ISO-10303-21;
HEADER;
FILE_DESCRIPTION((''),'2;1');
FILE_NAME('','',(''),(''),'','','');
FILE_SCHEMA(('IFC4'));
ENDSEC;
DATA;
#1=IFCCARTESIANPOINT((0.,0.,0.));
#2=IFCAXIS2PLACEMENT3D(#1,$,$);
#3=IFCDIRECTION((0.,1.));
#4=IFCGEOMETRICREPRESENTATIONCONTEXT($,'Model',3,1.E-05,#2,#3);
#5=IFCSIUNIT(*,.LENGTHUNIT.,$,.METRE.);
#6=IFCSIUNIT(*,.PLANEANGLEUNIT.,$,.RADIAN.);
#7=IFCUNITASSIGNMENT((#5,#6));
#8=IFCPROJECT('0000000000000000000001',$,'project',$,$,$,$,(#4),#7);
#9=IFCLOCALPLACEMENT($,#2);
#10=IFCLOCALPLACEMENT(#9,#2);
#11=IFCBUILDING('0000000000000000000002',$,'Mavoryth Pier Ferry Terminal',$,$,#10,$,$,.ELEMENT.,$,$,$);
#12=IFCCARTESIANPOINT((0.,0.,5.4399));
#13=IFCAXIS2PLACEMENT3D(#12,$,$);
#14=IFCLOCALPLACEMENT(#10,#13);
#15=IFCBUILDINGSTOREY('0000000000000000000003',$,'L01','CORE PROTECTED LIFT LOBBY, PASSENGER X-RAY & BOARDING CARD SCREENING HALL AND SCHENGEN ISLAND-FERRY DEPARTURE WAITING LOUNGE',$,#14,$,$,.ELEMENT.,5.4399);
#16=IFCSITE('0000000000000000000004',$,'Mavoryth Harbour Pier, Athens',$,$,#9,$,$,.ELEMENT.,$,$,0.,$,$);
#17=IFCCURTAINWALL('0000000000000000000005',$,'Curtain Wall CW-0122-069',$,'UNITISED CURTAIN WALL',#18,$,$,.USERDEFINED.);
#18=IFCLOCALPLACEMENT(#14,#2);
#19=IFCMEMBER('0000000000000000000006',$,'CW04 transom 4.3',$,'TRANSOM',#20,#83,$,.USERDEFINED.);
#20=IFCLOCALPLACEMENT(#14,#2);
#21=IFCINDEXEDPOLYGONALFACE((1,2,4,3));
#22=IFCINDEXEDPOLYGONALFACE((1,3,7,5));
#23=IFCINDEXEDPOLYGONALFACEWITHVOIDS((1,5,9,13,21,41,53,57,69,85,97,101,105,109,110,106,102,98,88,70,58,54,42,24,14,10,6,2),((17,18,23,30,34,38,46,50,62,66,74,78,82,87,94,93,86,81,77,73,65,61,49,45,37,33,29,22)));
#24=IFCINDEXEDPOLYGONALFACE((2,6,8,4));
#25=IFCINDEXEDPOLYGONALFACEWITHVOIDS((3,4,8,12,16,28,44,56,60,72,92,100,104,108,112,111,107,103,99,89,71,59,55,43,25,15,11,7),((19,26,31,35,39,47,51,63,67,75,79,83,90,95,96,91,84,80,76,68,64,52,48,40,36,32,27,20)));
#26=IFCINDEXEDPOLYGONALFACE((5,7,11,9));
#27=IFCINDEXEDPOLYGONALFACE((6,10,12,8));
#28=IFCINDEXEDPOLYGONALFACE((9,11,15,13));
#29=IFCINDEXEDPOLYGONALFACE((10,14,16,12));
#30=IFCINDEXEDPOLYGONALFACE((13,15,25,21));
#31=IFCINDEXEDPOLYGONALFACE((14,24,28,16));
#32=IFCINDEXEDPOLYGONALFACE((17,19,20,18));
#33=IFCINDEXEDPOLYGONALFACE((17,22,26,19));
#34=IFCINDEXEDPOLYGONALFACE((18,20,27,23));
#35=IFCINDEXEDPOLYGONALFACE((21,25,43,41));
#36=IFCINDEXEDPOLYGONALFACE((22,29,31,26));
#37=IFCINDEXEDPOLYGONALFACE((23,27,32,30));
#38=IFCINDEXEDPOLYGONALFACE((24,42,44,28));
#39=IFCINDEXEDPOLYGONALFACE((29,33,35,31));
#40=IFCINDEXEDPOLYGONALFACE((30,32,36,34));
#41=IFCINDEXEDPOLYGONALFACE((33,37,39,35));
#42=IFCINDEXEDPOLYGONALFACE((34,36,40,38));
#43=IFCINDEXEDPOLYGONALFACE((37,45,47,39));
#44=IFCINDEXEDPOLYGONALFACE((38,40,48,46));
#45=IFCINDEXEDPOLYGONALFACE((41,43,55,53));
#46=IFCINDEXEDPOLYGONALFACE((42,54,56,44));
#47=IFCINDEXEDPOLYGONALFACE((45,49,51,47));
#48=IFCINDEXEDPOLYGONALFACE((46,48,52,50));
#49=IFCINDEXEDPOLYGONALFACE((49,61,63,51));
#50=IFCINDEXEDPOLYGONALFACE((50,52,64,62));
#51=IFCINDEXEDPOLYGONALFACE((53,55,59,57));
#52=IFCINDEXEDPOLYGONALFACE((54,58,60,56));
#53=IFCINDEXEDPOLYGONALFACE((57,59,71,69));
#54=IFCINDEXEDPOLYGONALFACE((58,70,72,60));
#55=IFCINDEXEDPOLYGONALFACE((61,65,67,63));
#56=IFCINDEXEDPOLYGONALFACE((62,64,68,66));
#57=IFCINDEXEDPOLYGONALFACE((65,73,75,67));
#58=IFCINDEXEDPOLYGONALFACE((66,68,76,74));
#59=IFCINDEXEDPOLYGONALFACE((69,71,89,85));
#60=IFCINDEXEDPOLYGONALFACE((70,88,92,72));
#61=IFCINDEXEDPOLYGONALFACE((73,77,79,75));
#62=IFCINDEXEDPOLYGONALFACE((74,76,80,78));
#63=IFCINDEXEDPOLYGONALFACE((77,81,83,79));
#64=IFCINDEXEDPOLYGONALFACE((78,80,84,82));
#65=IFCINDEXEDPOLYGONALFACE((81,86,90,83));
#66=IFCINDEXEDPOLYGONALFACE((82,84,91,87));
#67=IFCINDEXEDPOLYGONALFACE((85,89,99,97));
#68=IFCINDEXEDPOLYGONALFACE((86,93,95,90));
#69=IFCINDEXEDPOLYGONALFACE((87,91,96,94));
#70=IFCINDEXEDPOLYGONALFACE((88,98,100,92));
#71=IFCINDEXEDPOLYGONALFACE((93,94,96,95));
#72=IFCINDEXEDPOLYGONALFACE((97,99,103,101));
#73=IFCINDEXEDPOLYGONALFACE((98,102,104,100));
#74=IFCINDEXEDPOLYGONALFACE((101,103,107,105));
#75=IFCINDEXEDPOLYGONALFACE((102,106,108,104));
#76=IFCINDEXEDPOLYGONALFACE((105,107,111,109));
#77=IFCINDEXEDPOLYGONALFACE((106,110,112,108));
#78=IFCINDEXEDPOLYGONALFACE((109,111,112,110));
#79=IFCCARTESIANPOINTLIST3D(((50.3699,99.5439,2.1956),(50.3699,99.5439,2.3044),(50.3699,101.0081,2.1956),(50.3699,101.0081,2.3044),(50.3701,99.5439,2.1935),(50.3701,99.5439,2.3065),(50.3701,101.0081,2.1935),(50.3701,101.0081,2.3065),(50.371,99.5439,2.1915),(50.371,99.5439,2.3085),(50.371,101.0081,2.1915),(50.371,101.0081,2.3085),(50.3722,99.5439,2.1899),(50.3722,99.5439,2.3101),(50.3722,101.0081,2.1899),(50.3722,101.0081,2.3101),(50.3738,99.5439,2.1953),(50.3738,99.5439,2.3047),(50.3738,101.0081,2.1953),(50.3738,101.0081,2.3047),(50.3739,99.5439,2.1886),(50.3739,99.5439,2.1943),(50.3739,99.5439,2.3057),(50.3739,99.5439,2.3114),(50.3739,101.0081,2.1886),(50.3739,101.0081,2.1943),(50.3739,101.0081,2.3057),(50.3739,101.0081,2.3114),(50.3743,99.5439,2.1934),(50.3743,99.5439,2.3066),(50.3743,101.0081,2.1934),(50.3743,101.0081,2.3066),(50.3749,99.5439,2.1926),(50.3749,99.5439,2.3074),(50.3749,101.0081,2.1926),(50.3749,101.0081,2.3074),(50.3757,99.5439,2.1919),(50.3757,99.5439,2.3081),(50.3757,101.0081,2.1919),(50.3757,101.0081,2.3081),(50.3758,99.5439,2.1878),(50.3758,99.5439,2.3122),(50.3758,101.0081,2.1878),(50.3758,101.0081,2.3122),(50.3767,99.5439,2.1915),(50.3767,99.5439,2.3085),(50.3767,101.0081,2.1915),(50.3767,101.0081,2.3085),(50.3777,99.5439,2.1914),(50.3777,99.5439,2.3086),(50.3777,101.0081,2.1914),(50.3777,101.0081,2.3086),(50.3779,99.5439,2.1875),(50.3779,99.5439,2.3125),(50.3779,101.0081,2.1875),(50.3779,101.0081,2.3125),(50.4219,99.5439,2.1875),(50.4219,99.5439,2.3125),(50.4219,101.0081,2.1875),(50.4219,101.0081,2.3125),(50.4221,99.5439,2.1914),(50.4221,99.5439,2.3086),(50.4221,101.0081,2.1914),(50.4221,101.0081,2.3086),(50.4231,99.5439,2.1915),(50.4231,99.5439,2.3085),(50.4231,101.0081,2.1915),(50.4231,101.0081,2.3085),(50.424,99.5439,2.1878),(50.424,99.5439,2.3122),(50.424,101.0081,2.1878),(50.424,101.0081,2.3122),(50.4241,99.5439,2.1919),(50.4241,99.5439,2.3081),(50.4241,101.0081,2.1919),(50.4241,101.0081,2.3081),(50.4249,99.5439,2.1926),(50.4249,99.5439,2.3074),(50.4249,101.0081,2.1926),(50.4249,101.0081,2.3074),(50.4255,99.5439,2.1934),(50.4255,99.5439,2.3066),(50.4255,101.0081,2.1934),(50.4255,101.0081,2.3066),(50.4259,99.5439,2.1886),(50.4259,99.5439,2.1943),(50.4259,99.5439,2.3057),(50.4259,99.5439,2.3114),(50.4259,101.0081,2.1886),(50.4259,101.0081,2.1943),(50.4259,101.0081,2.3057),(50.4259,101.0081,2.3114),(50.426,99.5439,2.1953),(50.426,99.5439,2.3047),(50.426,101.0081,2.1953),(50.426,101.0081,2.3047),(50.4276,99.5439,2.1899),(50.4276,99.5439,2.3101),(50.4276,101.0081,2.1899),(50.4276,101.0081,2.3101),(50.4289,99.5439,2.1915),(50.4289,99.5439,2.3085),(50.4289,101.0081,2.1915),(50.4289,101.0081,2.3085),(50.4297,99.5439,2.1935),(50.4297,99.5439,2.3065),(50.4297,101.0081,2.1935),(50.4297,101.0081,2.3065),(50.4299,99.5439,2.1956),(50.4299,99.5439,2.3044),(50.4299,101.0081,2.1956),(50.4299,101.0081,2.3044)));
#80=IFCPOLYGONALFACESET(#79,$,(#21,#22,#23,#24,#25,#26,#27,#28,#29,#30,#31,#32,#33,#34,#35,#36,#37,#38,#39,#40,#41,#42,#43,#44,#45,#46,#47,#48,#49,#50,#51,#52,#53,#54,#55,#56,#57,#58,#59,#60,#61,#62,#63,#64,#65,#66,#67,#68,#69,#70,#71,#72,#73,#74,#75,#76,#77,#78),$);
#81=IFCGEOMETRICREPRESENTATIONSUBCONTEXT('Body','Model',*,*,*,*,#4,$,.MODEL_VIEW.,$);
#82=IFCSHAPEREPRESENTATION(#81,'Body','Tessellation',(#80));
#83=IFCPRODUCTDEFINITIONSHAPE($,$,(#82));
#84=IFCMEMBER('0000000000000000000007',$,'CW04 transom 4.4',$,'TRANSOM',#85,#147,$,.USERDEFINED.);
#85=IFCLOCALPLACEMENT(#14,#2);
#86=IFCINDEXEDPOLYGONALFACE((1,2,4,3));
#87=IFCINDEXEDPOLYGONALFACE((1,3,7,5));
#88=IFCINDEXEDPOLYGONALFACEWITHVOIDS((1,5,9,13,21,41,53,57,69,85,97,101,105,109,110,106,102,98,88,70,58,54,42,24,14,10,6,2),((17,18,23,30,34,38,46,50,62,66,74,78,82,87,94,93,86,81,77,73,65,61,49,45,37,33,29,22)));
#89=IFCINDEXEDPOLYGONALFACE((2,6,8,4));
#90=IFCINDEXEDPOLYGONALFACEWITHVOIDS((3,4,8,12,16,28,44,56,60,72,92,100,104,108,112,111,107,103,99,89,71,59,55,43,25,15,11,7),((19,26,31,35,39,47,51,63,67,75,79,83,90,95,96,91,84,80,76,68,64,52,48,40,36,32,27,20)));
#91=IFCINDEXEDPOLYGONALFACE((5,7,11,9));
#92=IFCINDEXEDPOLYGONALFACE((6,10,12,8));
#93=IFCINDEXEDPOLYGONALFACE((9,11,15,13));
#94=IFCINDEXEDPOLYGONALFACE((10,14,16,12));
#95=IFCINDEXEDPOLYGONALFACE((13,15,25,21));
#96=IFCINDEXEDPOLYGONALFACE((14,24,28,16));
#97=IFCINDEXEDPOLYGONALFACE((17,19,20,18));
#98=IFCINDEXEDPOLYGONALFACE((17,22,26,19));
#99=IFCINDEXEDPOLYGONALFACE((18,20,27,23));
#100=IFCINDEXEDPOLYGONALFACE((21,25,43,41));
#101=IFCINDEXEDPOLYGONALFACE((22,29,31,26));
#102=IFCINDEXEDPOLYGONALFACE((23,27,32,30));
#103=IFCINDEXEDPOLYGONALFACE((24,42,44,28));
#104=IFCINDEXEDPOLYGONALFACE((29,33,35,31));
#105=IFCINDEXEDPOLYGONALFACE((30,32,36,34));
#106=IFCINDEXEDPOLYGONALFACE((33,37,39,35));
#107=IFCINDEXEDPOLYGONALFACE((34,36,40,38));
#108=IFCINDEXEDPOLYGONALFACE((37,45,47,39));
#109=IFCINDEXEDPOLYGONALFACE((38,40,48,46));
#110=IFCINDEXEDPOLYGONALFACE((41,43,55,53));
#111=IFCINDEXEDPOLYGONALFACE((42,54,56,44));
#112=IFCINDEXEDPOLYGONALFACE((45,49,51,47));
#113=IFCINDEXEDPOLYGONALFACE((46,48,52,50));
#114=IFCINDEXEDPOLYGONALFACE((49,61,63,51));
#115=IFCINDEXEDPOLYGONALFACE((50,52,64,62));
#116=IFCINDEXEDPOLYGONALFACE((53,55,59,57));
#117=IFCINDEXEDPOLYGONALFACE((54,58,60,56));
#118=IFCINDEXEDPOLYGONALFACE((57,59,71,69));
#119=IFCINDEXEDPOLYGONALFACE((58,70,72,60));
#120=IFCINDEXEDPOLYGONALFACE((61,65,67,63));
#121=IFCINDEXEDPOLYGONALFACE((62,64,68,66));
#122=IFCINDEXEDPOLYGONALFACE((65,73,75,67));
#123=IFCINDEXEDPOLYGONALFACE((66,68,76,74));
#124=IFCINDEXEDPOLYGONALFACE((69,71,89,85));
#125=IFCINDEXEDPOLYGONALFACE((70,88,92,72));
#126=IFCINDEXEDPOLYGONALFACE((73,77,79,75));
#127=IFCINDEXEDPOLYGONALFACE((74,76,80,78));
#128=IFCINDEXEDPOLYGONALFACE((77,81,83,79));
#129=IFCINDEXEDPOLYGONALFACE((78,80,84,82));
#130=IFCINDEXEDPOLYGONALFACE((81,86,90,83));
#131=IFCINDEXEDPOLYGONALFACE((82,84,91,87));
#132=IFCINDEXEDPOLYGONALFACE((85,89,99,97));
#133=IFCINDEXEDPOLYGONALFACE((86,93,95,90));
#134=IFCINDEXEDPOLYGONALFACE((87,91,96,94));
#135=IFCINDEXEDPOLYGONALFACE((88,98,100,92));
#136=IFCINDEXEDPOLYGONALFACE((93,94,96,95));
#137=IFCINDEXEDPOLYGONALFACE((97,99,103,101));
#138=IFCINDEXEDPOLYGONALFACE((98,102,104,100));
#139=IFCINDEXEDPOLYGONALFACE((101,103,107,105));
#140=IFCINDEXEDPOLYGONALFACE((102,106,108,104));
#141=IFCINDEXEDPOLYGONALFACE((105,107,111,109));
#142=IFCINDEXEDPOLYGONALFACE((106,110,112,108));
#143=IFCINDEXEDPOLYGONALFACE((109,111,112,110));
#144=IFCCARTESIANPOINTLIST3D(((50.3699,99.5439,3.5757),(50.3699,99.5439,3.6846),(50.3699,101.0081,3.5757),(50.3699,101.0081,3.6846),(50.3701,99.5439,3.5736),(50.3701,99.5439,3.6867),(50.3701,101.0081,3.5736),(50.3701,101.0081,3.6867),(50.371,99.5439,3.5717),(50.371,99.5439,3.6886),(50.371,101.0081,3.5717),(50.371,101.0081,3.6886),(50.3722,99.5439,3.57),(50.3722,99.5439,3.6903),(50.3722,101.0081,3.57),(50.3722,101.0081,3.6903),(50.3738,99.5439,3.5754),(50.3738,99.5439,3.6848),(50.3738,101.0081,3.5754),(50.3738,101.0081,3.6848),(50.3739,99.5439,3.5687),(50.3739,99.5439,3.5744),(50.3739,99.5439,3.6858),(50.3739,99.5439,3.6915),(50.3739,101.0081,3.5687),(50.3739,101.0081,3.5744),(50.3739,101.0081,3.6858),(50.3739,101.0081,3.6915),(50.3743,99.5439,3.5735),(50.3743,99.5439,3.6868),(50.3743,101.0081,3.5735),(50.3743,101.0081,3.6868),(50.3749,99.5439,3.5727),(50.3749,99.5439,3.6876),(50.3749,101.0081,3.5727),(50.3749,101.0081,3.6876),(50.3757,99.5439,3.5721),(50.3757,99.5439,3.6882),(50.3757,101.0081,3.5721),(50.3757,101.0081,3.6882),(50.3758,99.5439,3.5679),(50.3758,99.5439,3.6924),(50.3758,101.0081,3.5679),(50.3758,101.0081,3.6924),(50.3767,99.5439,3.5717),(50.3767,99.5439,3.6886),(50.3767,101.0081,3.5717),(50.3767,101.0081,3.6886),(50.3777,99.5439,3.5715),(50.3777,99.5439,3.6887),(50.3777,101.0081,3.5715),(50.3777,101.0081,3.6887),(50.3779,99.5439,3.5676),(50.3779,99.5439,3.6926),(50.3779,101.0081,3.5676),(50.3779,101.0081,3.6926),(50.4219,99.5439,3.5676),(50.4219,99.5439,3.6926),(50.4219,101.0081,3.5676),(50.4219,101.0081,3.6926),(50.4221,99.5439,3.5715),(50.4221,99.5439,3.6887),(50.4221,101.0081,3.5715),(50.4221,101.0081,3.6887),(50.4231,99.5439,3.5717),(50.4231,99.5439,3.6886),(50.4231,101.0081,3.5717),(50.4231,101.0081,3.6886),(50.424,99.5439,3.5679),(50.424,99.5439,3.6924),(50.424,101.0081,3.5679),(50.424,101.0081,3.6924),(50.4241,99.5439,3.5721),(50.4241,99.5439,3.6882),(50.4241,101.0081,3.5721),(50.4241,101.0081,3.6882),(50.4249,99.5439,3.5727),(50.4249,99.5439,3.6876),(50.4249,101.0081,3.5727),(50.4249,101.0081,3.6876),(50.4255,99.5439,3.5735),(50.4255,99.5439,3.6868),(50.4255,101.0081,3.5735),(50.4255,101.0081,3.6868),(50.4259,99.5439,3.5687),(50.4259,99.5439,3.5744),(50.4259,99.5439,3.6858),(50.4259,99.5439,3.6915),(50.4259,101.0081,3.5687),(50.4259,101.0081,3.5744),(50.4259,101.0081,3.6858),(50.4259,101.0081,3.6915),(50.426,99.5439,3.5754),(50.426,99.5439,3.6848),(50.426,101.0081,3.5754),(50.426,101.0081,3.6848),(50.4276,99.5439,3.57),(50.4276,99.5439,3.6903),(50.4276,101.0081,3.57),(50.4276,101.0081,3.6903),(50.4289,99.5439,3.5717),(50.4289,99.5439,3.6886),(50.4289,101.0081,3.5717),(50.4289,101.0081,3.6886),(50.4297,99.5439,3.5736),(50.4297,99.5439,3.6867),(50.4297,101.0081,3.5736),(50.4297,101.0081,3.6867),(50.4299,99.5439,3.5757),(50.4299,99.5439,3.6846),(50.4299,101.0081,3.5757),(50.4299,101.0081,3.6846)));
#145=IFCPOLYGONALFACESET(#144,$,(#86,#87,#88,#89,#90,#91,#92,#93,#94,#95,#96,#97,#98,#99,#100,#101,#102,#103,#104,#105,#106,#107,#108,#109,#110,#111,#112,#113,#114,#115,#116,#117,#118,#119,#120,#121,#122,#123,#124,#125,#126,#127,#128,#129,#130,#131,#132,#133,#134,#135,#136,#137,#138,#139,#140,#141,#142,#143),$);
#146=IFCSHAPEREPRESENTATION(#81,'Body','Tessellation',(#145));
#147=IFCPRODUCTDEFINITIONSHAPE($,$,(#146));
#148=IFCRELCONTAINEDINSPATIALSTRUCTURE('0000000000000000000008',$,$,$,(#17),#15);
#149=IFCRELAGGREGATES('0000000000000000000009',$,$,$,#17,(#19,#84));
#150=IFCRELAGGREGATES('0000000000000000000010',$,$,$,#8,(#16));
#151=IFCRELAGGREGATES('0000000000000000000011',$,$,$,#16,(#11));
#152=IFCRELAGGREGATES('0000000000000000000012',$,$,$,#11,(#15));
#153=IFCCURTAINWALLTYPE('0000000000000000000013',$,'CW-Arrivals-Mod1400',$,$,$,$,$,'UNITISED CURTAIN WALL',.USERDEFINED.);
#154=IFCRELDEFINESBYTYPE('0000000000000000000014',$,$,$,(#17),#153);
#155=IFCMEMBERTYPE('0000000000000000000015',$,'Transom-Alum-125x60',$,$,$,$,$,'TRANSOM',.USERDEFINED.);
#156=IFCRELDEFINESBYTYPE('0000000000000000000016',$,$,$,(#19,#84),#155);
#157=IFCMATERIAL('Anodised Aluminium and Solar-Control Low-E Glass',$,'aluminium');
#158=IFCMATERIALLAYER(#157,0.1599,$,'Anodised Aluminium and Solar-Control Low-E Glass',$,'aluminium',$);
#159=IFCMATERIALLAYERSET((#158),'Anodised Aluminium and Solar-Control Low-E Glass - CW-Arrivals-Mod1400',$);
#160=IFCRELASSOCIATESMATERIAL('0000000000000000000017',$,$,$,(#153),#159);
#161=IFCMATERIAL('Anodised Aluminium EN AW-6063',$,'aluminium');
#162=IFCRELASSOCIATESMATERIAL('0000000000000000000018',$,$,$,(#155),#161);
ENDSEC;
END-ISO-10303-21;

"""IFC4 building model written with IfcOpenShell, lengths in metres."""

from ifc_helpers import new_model, si_unit, direction, frame, origin, origin_2d, place, context, subcontext, project, spatial, hollow_rectangle, extrude, material, layer, layer_set, material_profile, profile_set, type_object, element, aggregate, save


model = new_model("IFC4")

# Units and contexts
model_context = context("Model", 3, precision=1e-05, world=origin(), true_north=direction((0.0, 1.0)))
body_context = subcontext(model_context, "Body", "Model", "MODEL_VIEW")
ifc_project = project(units=[si_unit("LENGTHUNIT", "METRE"), si_unit("PLANEANGLEUNIT", "RADIAN")], contexts=[model_context])

# Site, building, storey
site_placement = place(None, origin())
site = spatial("IfcSite", under=ifc_project, at=site_placement, Name="Mavoryth Harbour Pier, Athens", CompositionType="ELEMENT", RefElevation=0.0)
building_placement = place(site_placement, origin())
building = spatial("IfcBuilding", under=site, at=building_placement, Name="Mavoryth Pier Ferry Terminal", CompositionType="ELEMENT")
storey_placement = place(building_placement, frame((0.0, 0.0, 5.4399)))
storey = spatial("IfcBuildingStorey", under=building, at=storey_placement, Name="L01", Description="CORE PROTECTED LIFT LOBBY, PASSENGER X-RAY & BOARDING CARD SCREENING HALL AND SCHENGEN ISLAND-FERRY DEPARTURE WAITING LOUNGE", CompositionType="ELEMENT", Elevation=5.4399)

# Curtain wall
ifc_material_1 = material(Name="Anodised Aluminium and Solar-Control Low-E Glass", Category="aluminium")
ifc_layer_1 = layer(ifc_material_1, 0.1599, Name="Anodised Aluminium and Solar-Control Low-E Glass", Category="aluminium")
ifc_layer_set_1 = layer_set([ifc_layer_1], Name="Anodised Aluminium and Solar-Control Low-E Glass - CW-Arrivals-Mod1400")
curtain_wall_type = type_object("IfcCurtainWallType", Name="CW-Arrivals-Mod1400", ElementType="UNITISED CURTAIN WALL", PredefinedType="USERDEFINED", material=ifc_layer_set_1)
curtain_wall_placement = place(storey_placement, origin())
curtain_wall = element("IfcCurtainWall", 1, at=curtain_wall_placement, inside=storey, type_object=curtain_wall_type, Name="Curtain Wall CW-0122-069", ObjectType="UNITISED CURTAIN WALL", PredefinedType="USERDEFINED")
ifc_material_2 = material(Name="Anodised Aluminium EN AW-6063", Category="aluminium")

# Members
ifc_material_profile_1 = material_profile(ifc_material_2, hollow_rectangle(XDim=0.0601, YDim=0.125, WallThickness=0.0039, InnerFilletRadius=0.0039, OuterFilletRadius=0.0081, at=origin_2d()), Name="AL-TRAN 125x60x4", Category="aluminium")
ifc_profile_set_1 = profile_set([ifc_material_profile_1], Name="Anodised Aluminium EN AW-6063 - AL-TRAN 125x60x4")
member_type_1 = type_object("IfcMemberType", Name="Transom-Alum-125x60", ElementType="TRANSOM", PredefinedType="USERDEFINED", material=ifc_profile_set_1)
member_1_placement = place(storey_placement, frame((50.3999, 101.0081, 2.25), z_axis=(0.0, -1.0, 0.0), x_axis=(1.0, 0.0, 0.0)))
member_1 = element("IfcMember", 2, at=member_1_placement, type_object=member_type_1, Name="CW04 transom 4.3", ObjectType="TRANSOM", PredefinedType="USERDEFINED", context=body_context, shape_type="SweptSolid", body=[
    extrude(hollow_rectangle(XDim=0.0601, YDim=0.125, WallThickness=0.0039, InnerFilletRadius=0.0039, OuterFilletRadius=0.0081, at=origin_2d()), origin(), (0.0, 0.0, 1.0), 1.4641),
])
member_2_placement = place(storey_placement, frame((50.3999, 101.0081, 3.6301), z_axis=(0.0, -1.0, 0.0), x_axis=(1.0, 0.0, 0.0)))
member_2 = element("IfcMember", 3, at=member_2_placement, type_object=member_type_1, Name="CW04 transom 4.4", ObjectType="TRANSOM", PredefinedType="USERDEFINED", context=body_context, shape_type="SweptSolid", body=[
    extrude(hollow_rectangle(XDim=0.0601, YDim=0.125, WallThickness=0.0039, InnerFilletRadius=0.0039, OuterFilletRadius=0.0081, at=origin_2d()), origin(), (0.0, 0.0, 1.0), 1.4641),
])

aggregate(curtain_wall, [member_1, member_2])

save(model, "model.ifc")
